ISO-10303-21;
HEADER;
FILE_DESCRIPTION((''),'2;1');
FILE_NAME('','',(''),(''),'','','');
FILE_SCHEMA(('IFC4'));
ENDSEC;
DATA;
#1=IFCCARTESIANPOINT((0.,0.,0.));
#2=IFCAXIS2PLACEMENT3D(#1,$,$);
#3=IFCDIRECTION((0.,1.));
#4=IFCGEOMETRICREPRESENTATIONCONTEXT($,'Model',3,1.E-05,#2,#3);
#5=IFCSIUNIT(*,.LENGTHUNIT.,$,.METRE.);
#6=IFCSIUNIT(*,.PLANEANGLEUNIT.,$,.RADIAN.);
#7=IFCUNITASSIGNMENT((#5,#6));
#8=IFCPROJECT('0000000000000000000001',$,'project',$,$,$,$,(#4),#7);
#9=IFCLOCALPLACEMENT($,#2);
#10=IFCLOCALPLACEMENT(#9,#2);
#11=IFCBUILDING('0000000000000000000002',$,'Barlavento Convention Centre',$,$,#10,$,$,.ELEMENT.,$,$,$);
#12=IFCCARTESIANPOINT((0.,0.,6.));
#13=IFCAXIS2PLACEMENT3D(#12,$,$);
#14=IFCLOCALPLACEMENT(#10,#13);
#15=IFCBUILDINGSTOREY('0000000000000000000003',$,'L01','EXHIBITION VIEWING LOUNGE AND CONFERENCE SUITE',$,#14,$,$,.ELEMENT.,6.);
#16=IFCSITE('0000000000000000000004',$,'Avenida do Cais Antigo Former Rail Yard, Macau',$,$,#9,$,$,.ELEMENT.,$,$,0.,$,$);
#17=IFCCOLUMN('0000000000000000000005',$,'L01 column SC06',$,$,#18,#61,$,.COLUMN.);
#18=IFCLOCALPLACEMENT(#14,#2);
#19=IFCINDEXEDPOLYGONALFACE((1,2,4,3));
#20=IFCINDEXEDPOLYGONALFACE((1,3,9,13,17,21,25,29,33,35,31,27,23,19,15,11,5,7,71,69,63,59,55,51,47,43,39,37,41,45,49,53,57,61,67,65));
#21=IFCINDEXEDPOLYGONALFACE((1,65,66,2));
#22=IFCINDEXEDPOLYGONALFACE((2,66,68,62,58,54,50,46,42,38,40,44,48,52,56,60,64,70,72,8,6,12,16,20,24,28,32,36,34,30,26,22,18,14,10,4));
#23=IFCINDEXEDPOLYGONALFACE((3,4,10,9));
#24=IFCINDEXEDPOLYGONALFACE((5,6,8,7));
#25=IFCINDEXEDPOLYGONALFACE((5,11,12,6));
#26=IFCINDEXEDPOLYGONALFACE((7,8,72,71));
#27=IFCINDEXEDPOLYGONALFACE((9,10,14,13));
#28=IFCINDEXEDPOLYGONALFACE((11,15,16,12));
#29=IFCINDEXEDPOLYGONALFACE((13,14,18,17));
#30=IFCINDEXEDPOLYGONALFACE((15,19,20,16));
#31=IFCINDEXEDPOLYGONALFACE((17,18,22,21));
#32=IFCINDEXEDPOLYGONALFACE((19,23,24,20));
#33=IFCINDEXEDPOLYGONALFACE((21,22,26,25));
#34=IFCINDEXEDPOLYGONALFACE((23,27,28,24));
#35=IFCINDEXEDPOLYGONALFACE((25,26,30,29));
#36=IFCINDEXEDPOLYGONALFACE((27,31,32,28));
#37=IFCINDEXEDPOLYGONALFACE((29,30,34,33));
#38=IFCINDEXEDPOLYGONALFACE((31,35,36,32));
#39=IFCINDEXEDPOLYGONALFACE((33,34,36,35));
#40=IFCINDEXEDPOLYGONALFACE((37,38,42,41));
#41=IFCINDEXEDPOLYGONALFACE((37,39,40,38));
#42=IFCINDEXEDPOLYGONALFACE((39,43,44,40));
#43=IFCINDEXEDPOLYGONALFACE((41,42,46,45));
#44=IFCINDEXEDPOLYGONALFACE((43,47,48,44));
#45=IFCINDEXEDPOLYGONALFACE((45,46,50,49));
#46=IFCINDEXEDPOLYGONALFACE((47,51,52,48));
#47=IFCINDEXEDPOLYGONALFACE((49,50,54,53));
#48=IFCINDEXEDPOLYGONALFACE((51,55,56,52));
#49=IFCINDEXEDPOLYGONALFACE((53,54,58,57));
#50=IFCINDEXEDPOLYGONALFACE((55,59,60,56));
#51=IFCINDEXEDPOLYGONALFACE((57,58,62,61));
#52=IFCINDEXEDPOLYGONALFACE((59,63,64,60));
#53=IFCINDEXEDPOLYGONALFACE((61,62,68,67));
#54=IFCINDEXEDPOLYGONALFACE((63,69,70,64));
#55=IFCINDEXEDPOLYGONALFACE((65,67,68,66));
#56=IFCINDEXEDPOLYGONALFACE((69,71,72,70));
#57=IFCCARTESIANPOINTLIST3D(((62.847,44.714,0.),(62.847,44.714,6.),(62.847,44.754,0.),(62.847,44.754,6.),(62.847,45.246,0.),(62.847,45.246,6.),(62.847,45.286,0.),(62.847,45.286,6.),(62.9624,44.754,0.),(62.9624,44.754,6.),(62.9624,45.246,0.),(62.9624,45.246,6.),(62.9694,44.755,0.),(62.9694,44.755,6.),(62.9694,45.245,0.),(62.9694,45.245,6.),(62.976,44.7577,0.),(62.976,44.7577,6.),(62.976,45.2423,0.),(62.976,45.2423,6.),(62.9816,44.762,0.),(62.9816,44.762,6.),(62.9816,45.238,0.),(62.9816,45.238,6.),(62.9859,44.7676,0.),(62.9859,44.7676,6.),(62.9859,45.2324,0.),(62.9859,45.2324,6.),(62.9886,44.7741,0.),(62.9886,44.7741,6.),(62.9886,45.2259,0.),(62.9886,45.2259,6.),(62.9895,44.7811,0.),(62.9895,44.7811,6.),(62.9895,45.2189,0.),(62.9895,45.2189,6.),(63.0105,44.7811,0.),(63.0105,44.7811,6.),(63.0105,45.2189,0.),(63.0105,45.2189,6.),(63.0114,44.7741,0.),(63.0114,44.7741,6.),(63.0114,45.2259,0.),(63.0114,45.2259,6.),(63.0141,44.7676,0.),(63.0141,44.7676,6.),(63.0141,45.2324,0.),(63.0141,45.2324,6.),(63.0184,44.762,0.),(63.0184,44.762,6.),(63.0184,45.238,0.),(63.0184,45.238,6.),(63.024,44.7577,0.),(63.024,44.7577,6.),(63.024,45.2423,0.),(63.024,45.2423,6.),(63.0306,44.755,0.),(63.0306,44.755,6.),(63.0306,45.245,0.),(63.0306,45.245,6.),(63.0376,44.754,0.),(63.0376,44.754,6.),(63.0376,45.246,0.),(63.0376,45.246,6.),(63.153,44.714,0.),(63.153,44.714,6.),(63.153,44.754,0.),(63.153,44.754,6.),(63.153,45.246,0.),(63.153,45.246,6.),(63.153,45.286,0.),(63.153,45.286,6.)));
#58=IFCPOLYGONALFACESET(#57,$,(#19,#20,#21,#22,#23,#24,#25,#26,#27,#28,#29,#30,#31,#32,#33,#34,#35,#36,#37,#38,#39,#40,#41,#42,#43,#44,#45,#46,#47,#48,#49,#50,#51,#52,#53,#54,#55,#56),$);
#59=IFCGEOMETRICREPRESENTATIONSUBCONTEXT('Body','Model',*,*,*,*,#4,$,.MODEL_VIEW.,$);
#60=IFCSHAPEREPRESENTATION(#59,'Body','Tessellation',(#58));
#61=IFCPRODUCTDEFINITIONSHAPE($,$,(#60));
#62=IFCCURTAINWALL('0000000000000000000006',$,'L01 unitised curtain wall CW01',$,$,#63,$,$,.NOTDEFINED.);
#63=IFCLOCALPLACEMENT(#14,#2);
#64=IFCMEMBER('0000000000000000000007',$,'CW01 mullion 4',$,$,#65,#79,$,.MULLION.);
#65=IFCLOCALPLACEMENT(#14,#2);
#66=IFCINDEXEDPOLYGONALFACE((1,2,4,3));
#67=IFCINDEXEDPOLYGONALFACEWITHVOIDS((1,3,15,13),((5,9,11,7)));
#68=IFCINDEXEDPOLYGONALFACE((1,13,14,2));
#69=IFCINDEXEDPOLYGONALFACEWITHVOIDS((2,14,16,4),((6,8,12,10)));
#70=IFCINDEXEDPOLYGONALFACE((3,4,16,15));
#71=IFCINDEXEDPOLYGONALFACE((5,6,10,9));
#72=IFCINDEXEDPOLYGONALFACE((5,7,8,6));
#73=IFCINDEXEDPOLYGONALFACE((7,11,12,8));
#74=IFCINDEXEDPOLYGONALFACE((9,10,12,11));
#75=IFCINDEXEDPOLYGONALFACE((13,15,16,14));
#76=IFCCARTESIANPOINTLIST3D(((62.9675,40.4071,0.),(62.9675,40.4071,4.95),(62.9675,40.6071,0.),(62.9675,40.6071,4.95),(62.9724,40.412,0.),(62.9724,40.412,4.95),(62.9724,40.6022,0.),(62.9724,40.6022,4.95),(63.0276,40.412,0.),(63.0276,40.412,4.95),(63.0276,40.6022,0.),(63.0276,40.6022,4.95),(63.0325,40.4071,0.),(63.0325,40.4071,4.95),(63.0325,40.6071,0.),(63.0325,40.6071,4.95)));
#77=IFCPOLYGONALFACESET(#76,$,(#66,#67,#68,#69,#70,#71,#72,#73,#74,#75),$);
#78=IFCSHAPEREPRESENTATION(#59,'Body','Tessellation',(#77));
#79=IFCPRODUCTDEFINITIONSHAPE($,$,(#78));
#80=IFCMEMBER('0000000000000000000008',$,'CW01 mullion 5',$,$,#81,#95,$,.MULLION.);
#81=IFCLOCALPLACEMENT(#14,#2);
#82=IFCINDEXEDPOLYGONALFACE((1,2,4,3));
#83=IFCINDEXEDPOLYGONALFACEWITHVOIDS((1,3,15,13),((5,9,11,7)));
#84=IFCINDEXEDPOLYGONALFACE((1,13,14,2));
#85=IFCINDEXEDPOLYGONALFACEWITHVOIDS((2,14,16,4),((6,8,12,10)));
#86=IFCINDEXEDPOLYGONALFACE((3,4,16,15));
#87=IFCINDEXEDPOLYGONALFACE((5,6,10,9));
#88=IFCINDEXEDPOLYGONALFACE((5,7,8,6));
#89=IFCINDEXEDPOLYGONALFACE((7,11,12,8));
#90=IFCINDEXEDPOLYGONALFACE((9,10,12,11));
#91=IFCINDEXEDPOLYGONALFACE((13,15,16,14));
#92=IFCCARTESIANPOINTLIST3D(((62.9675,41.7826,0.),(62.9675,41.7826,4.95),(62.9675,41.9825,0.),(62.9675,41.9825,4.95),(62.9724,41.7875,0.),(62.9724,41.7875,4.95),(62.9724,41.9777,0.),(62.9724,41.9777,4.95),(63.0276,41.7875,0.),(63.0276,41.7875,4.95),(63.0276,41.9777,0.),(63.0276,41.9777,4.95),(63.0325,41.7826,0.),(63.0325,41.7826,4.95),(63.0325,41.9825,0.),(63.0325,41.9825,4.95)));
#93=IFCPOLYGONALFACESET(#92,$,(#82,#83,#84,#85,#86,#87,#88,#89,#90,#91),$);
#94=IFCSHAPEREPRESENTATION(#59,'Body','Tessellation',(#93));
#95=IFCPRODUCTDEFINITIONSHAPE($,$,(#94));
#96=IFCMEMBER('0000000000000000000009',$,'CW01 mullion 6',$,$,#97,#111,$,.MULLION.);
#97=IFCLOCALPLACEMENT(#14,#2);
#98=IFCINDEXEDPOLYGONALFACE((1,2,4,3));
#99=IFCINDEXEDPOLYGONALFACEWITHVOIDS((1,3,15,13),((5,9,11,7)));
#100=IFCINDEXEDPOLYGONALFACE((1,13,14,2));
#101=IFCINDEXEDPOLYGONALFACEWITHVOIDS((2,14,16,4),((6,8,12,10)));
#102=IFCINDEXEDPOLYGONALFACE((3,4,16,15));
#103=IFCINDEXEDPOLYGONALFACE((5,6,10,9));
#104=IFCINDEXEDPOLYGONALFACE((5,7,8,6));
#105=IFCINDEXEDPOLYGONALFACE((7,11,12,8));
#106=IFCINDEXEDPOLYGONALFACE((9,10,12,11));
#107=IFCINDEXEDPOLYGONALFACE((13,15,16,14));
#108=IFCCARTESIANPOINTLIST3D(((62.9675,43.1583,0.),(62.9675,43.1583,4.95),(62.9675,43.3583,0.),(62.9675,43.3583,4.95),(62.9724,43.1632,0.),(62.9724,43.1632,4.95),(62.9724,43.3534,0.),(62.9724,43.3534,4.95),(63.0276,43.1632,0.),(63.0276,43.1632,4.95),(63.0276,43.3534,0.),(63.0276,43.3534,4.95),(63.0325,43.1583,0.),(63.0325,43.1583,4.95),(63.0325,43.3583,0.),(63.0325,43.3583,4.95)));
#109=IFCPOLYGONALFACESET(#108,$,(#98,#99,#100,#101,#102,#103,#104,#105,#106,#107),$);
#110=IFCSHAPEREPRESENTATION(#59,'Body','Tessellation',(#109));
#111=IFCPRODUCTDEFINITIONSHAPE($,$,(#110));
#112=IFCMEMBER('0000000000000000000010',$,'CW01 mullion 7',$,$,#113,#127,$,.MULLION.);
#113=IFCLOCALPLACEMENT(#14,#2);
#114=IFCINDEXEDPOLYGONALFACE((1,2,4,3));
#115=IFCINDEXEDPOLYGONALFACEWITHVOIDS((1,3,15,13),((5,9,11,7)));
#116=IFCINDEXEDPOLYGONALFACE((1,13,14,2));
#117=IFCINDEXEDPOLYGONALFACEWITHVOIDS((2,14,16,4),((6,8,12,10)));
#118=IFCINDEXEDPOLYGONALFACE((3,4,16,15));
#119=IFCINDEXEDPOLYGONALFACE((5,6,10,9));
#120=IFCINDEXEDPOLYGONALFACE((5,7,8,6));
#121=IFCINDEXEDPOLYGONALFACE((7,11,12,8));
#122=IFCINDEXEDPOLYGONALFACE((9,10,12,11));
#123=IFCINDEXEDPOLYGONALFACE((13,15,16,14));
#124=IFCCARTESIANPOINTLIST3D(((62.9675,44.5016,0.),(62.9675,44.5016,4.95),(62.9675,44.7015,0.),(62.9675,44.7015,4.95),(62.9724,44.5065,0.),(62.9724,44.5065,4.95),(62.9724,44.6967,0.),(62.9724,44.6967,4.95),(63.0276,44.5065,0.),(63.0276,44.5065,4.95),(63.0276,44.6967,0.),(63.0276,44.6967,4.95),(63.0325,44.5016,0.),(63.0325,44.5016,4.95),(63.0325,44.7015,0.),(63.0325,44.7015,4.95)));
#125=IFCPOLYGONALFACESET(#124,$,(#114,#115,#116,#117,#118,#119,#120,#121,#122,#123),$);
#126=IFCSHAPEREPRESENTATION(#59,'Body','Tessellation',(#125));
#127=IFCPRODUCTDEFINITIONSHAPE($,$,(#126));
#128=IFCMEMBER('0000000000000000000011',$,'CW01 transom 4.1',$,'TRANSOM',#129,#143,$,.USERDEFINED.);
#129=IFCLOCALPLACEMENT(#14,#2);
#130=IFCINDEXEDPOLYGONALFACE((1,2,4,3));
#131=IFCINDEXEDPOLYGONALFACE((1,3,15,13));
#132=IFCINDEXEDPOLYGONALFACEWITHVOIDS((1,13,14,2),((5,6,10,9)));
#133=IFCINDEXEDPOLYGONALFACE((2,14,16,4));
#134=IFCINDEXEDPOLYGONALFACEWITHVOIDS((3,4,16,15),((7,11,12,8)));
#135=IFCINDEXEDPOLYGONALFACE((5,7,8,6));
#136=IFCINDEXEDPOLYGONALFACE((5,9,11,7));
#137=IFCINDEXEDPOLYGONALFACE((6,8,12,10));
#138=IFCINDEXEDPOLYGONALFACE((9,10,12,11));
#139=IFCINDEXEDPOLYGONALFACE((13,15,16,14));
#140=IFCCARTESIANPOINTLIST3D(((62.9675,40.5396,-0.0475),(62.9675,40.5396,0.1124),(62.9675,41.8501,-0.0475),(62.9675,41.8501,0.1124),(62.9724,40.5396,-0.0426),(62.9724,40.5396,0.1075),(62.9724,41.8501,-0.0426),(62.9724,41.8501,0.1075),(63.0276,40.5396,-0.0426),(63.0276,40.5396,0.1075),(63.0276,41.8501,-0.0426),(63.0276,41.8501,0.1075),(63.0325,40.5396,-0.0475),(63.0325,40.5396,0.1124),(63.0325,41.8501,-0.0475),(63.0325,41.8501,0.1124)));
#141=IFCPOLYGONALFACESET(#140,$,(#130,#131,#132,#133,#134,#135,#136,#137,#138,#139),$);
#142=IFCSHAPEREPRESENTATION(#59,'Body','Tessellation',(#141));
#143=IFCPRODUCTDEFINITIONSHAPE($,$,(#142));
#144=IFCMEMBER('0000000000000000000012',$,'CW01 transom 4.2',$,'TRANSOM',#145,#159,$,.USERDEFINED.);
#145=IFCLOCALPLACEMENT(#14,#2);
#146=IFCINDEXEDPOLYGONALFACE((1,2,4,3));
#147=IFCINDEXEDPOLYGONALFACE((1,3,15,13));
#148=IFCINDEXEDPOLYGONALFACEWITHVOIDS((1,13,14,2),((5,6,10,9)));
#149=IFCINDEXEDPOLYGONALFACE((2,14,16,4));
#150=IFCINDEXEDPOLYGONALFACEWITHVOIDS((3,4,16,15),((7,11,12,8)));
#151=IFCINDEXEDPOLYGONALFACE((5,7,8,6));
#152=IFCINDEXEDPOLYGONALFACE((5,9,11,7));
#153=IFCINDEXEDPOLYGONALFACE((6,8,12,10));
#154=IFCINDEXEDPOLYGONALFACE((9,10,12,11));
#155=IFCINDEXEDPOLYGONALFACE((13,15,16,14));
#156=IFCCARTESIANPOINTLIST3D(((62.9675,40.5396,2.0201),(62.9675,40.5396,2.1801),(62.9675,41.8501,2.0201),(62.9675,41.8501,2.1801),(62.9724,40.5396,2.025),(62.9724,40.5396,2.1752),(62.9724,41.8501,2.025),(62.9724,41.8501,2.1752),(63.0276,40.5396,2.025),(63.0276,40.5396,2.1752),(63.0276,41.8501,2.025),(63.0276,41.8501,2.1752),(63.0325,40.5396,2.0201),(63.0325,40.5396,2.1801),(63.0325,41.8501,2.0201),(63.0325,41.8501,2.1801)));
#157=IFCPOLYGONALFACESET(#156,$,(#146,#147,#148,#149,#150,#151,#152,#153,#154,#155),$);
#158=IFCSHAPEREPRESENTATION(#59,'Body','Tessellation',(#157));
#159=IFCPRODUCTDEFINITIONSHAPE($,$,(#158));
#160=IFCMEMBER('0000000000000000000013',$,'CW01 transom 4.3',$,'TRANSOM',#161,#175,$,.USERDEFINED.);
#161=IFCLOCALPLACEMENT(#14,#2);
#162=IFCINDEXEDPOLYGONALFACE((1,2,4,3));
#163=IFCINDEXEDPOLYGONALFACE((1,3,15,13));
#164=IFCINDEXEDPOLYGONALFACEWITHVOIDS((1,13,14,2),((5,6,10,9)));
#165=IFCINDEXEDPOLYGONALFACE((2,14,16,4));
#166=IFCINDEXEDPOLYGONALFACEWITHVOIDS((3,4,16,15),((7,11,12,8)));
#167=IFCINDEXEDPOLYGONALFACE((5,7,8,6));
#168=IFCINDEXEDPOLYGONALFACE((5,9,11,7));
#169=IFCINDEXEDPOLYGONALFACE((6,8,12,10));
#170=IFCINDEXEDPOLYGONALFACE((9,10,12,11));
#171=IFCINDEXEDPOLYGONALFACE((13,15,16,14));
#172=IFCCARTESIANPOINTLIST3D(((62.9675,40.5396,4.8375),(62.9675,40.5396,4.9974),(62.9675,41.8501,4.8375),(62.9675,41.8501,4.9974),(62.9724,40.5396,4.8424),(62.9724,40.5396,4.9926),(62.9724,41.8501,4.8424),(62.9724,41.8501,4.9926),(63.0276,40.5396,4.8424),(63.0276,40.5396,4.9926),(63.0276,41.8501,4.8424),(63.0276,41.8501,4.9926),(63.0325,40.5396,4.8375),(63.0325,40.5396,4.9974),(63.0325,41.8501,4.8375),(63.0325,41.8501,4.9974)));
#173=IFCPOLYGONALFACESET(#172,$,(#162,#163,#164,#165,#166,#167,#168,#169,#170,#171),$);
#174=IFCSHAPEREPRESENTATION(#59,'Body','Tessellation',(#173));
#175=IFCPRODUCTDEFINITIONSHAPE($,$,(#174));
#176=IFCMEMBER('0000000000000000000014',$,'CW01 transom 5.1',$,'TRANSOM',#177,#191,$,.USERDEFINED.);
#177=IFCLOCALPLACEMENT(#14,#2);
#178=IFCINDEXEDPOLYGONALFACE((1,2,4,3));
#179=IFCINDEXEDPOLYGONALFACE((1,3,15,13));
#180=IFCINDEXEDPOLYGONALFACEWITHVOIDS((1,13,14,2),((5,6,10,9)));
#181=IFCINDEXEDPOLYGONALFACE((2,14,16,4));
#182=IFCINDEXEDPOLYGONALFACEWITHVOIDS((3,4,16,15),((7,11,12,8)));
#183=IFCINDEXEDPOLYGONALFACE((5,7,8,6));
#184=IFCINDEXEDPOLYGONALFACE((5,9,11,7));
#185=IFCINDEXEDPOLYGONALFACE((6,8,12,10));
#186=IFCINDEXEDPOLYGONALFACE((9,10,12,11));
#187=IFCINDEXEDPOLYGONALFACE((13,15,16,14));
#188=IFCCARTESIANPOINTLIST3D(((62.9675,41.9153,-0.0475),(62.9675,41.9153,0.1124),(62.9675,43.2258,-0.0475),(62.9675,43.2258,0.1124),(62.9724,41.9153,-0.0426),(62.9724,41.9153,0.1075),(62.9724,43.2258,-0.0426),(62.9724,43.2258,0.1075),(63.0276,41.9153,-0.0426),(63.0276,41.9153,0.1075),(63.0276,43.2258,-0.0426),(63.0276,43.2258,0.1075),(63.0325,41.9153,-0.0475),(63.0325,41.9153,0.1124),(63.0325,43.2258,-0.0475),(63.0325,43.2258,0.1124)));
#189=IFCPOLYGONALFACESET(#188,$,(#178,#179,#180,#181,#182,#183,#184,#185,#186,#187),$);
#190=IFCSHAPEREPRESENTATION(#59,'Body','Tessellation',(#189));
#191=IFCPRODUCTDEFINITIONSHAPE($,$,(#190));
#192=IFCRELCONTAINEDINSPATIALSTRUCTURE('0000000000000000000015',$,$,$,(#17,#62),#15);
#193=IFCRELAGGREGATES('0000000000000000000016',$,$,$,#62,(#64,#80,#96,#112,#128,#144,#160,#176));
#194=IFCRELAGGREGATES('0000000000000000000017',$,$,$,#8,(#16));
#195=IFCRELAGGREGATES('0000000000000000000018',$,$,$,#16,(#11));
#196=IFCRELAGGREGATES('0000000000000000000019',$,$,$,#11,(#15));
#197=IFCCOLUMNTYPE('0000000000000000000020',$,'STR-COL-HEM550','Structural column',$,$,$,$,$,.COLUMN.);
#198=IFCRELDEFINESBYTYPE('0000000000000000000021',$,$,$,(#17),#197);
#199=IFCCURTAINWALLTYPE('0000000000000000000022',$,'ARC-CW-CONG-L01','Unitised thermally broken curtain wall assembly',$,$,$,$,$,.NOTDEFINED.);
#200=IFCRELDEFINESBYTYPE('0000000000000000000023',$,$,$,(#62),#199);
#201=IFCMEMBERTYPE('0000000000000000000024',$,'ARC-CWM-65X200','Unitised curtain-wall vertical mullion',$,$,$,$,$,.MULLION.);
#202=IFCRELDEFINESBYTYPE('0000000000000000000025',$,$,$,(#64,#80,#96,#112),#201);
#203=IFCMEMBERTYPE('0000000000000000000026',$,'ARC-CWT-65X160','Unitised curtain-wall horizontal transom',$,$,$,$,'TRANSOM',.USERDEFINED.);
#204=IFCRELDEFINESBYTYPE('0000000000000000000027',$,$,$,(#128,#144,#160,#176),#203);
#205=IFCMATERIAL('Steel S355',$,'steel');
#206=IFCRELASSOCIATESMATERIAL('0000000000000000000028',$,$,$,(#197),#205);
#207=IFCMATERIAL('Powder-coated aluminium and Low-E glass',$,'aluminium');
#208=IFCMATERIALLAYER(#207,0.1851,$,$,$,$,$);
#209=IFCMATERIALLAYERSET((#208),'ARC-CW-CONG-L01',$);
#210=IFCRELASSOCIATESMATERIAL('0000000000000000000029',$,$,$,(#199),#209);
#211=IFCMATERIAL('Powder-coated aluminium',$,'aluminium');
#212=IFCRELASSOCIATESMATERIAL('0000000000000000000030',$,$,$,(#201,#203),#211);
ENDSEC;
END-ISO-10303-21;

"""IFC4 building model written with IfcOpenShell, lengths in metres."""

from ifc_helpers import new_model, si_unit, direction, frame, origin, origin_2d, place, context, subcontext, project, spatial, hollow_rectangle, i_section, extrude, material, layer, layer_set, material_profile, profile_set, type_object, element, aggregate, save


model = new_model("IFC4")

# Units and contexts
model_context = context("Model", 3, precision=1e-05, world=origin(), true_north=direction((0.0, 1.0)))
body_context = subcontext(model_context, "Body", "Model", "MODEL_VIEW")
ifc_project = project(units=[si_unit("LENGTHUNIT", "METRE"), si_unit("PLANEANGLEUNIT", "RADIAN")], contexts=[model_context])

# Site, building, storey
site_placement = place(None, origin())
site = spatial("IfcSite", under=ifc_project, at=site_placement, Name="Avenida do Cais Antigo Former Rail Yard, Macau", CompositionType="ELEMENT", RefElevation=0.0)
building_placement = place(site_placement, origin())
building = spatial("IfcBuilding", under=site, at=building_placement, Name="Barlavento Convention Centre", CompositionType="ELEMENT")
storey_placement = place(building_placement, frame((0.0, 0.0, 6.0)))
storey = spatial("IfcBuildingStorey", under=building, at=storey_placement, Name="L01", Description="EXHIBITION VIEWING LOUNGE AND CONFERENCE SUITE", CompositionType="ELEMENT", Elevation=6.0)

# Column
ifc_material_1 = material(Name="Steel S355", Category="steel")
ifc_material_profile_1 = material_profile(ifc_material_1, i_section(OverallWidth=0.3059, OverallDepth=0.572, WebThickness=0.021, FlangeThickness=0.04, FilletRadius=0.0271, at=origin_2d()), Name="HEM 550")
ifc_profile_set_1 = profile_set([ifc_material_profile_1], Name="Steel S355")
column_type = type_object("IfcColumnType", Name="STR-COL-HEM550", Description="Structural column", PredefinedType="COLUMN", material=ifc_profile_set_1)
column_placement = place(storey_placement, frame((63.0, 45.0, 0.0), z_axis=(0.0, 0.0, 1.0), x_axis=(1.0, 0.0, 0.0)))
element("IfcColumn", 1, at=column_placement, inside=storey, type_object=column_type, Name="L01 column SC06", PredefinedType="COLUMN", context=body_context, shape_type="SweptSolid", body=[
    extrude(i_section(OverallWidth=0.3059, OverallDepth=0.572, WebThickness=0.021, FlangeThickness=0.04, FilletRadius=0.0271, at=origin_2d()), origin(), (0.0, 0.0, 1.0), 6.0),
])

# Curtain wall, members
ifc_material_2 = material(Name="Powder-coated aluminium and Low-E glass", Category="aluminium")
ifc_layer_1 = layer(ifc_material_2, 0.1851)
ifc_layer_set_1 = layer_set([ifc_layer_1], Name="ARC-CW-CONG-L01")
curtain_wall_type = type_object("IfcCurtainWallType", Name="ARC-CW-CONG-L01", Description="Unitised thermally broken curtain wall assembly", PredefinedType="NOTDEFINED", material=ifc_layer_set_1)
curtain_wall_placement = place(storey_placement, origin())
curtain_wall = element("IfcCurtainWall", 2, at=curtain_wall_placement, inside=storey, type_object=curtain_wall_type, Name="L01 unitised curtain wall CW01", PredefinedType="NOTDEFINED")
ifc_material_3 = material(Name="Powder-coated aluminium", Category="aluminium")
ifc_material_profile_2 = material_profile(ifc_material_3, hollow_rectangle(XDim=0.0649, YDim=0.2, WallThickness=0.0049, at=origin_2d()), Name="AL-MULL 65x200x5")
ifc_profile_set_2 = profile_set([ifc_material_profile_2], Name="Powder-coated aluminium")
member_type_1 = type_object("IfcMemberType", Name="ARC-CWM-65X200", Description="Unitised curtain-wall vertical mullion", PredefinedType="MULLION", material=ifc_profile_set_2)
member_1_placement = place(storey_placement, frame((63.0, 40.5071, 0.0), z_axis=(0.0, 0.0, 1.0), x_axis=(-1.0, 0.0, 0.0)))
member_1 = element("IfcMember", 3, at=member_1_placement, type_object=member_type_1, Name="CW01 mullion 4", PredefinedType="MULLION", context=body_context, shape_type="SweptSolid", body=[
    extrude(hollow_rectangle(XDim=0.0649, YDim=0.2, WallThickness=0.0049, at=origin_2d()), origin(), (0.0, 0.0, 1.0), 4.95),
])
member_2_placement = place(storey_placement, frame((63.0, 41.8826, 0.0), z_axis=(0.0, 0.0, 1.0), x_axis=(-1.0, 0.0, 0.0)))
member_2 = element("IfcMember", 4, at=member_2_placement, type_object=member_type_1, Name="CW01 mullion 5", PredefinedType="MULLION", context=body_context, shape_type="SweptSolid", body=[
    extrude(hollow_rectangle(XDim=0.0649, YDim=0.2, WallThickness=0.0049, at=origin_2d()), origin(), (0.0, 0.0, 1.0), 4.95),
])
member_3_placement = place(storey_placement, frame((63.0, 43.2583, 0.0), z_axis=(0.0, 0.0, 1.0), x_axis=(-1.0, 0.0, 0.0)))
member_3 = element("IfcMember", 5, at=member_3_placement, type_object=member_type_1, Name="CW01 mullion 6", PredefinedType="MULLION", context=body_context, shape_type="SweptSolid", body=[
    extrude(hollow_rectangle(XDim=0.0649, YDim=0.2, WallThickness=0.0049, at=origin_2d()), origin(), (0.0, 0.0, 1.0), 4.95),
])
member_4_placement = place(storey_placement, frame((63.0, 44.6016, 0.0), z_axis=(0.0, 0.0, 1.0), x_axis=(-1.0, 0.0, 0.0)))
member_4 = element("IfcMember", 6, at=member_4_placement, type_object=member_type_1, Name="CW01 mullion 7", PredefinedType="MULLION", context=body_context, shape_type="SweptSolid", body=[
    extrude(hollow_rectangle(XDim=0.0649, YDim=0.2, WallThickness=0.0049, at=origin_2d()), origin(), (0.0, 0.0, 1.0), 4.95),
])
ifc_material_profile_3 = material_profile(ifc_material_3, hollow_rectangle(XDim=0.0649, YDim=0.1599, WallThickness=0.0049, at=origin_2d()), Name="AL-TRAN 65x160x5")
ifc_profile_set_3 = profile_set([ifc_material_profile_3], Name="Powder-coated aluminium")
member_type_2 = type_object("IfcMemberType", Name="ARC-CWT-65X160", Description="Unitised curtain-wall horizontal transom", ElementType="TRANSOM", PredefinedType="USERDEFINED", material=ifc_profile_set_3)
member_5_placement = place(storey_placement, frame((63.0, 40.5396, 0.0325), z_axis=(0.0, 1.0, 0.0), x_axis=(-1.0, 0.0, 0.0)))
member_5 = element("IfcMember", 7, at=member_5_placement, type_object=member_type_2, Name="CW01 transom 4.1", ObjectType="TRANSOM", PredefinedType="USERDEFINED", context=body_context, shape_type="SweptSolid", body=[
    extrude(hollow_rectangle(XDim=0.0649, YDim=0.1599, WallThickness=0.0049, at=origin_2d()), origin(), (0.0, 0.0, 1.0), 1.3105),
])
member_6_placement = place(storey_placement, frame((63.0, 40.5396, 2.1001), z_axis=(0.0, 1.0, 0.0), x_axis=(-1.0, 0.0, 0.0)))
member_6 = element("IfcMember", 8, at=member_6_placement, type_object=member_type_2, Name="CW01 transom 4.2", ObjectType="TRANSOM", PredefinedType="USERDEFINED", context=body_context, shape_type="SweptSolid", body=[
    extrude(hollow_rectangle(XDim=0.0649, YDim=0.1599, WallThickness=0.0049, at=origin_2d()), origin(), (0.0, 0.0, 1.0), 1.3105),
])
member_7_placement = place(storey_placement, frame((63.0, 40.5396, 4.9175), z_axis=(0.0, 1.0, 0.0), x_axis=(-1.0, 0.0, 0.0)))
member_7 = element("IfcMember", 9, at=member_7_placement, type_object=member_type_2, Name="CW01 transom 4.3", ObjectType="TRANSOM", PredefinedType="USERDEFINED", context=body_context, shape_type="SweptSolid", body=[
    extrude(hollow_rectangle(XDim=0.0649, YDim=0.1599, WallThickness=0.0049, at=origin_2d()), origin(), (0.0, 0.0, 1.0), 1.3105),
])
member_8_placement = place(storey_placement, frame((63.0, 41.9153, 0.0325), z_axis=(0.0, 1.0, 0.0), x_axis=(-1.0, 0.0, 0.0)))
member_8 = element("IfcMember", 10, at=member_8_placement, type_object=member_type_2, Name="CW01 transom 5.1", ObjectType="TRANSOM", PredefinedType="USERDEFINED", context=body_context, shape_type="SweptSolid", body=[
    extrude(hollow_rectangle(XDim=0.0649, YDim=0.1599, WallThickness=0.0049, at=origin_2d()), origin(), (0.0, 0.0, 1.0), 1.3105),
])

aggregate(curtain_wall, [member_1, member_2, member_3, member_4, member_5, member_6, member_7, member_8])

save(model, "model.ifc")
